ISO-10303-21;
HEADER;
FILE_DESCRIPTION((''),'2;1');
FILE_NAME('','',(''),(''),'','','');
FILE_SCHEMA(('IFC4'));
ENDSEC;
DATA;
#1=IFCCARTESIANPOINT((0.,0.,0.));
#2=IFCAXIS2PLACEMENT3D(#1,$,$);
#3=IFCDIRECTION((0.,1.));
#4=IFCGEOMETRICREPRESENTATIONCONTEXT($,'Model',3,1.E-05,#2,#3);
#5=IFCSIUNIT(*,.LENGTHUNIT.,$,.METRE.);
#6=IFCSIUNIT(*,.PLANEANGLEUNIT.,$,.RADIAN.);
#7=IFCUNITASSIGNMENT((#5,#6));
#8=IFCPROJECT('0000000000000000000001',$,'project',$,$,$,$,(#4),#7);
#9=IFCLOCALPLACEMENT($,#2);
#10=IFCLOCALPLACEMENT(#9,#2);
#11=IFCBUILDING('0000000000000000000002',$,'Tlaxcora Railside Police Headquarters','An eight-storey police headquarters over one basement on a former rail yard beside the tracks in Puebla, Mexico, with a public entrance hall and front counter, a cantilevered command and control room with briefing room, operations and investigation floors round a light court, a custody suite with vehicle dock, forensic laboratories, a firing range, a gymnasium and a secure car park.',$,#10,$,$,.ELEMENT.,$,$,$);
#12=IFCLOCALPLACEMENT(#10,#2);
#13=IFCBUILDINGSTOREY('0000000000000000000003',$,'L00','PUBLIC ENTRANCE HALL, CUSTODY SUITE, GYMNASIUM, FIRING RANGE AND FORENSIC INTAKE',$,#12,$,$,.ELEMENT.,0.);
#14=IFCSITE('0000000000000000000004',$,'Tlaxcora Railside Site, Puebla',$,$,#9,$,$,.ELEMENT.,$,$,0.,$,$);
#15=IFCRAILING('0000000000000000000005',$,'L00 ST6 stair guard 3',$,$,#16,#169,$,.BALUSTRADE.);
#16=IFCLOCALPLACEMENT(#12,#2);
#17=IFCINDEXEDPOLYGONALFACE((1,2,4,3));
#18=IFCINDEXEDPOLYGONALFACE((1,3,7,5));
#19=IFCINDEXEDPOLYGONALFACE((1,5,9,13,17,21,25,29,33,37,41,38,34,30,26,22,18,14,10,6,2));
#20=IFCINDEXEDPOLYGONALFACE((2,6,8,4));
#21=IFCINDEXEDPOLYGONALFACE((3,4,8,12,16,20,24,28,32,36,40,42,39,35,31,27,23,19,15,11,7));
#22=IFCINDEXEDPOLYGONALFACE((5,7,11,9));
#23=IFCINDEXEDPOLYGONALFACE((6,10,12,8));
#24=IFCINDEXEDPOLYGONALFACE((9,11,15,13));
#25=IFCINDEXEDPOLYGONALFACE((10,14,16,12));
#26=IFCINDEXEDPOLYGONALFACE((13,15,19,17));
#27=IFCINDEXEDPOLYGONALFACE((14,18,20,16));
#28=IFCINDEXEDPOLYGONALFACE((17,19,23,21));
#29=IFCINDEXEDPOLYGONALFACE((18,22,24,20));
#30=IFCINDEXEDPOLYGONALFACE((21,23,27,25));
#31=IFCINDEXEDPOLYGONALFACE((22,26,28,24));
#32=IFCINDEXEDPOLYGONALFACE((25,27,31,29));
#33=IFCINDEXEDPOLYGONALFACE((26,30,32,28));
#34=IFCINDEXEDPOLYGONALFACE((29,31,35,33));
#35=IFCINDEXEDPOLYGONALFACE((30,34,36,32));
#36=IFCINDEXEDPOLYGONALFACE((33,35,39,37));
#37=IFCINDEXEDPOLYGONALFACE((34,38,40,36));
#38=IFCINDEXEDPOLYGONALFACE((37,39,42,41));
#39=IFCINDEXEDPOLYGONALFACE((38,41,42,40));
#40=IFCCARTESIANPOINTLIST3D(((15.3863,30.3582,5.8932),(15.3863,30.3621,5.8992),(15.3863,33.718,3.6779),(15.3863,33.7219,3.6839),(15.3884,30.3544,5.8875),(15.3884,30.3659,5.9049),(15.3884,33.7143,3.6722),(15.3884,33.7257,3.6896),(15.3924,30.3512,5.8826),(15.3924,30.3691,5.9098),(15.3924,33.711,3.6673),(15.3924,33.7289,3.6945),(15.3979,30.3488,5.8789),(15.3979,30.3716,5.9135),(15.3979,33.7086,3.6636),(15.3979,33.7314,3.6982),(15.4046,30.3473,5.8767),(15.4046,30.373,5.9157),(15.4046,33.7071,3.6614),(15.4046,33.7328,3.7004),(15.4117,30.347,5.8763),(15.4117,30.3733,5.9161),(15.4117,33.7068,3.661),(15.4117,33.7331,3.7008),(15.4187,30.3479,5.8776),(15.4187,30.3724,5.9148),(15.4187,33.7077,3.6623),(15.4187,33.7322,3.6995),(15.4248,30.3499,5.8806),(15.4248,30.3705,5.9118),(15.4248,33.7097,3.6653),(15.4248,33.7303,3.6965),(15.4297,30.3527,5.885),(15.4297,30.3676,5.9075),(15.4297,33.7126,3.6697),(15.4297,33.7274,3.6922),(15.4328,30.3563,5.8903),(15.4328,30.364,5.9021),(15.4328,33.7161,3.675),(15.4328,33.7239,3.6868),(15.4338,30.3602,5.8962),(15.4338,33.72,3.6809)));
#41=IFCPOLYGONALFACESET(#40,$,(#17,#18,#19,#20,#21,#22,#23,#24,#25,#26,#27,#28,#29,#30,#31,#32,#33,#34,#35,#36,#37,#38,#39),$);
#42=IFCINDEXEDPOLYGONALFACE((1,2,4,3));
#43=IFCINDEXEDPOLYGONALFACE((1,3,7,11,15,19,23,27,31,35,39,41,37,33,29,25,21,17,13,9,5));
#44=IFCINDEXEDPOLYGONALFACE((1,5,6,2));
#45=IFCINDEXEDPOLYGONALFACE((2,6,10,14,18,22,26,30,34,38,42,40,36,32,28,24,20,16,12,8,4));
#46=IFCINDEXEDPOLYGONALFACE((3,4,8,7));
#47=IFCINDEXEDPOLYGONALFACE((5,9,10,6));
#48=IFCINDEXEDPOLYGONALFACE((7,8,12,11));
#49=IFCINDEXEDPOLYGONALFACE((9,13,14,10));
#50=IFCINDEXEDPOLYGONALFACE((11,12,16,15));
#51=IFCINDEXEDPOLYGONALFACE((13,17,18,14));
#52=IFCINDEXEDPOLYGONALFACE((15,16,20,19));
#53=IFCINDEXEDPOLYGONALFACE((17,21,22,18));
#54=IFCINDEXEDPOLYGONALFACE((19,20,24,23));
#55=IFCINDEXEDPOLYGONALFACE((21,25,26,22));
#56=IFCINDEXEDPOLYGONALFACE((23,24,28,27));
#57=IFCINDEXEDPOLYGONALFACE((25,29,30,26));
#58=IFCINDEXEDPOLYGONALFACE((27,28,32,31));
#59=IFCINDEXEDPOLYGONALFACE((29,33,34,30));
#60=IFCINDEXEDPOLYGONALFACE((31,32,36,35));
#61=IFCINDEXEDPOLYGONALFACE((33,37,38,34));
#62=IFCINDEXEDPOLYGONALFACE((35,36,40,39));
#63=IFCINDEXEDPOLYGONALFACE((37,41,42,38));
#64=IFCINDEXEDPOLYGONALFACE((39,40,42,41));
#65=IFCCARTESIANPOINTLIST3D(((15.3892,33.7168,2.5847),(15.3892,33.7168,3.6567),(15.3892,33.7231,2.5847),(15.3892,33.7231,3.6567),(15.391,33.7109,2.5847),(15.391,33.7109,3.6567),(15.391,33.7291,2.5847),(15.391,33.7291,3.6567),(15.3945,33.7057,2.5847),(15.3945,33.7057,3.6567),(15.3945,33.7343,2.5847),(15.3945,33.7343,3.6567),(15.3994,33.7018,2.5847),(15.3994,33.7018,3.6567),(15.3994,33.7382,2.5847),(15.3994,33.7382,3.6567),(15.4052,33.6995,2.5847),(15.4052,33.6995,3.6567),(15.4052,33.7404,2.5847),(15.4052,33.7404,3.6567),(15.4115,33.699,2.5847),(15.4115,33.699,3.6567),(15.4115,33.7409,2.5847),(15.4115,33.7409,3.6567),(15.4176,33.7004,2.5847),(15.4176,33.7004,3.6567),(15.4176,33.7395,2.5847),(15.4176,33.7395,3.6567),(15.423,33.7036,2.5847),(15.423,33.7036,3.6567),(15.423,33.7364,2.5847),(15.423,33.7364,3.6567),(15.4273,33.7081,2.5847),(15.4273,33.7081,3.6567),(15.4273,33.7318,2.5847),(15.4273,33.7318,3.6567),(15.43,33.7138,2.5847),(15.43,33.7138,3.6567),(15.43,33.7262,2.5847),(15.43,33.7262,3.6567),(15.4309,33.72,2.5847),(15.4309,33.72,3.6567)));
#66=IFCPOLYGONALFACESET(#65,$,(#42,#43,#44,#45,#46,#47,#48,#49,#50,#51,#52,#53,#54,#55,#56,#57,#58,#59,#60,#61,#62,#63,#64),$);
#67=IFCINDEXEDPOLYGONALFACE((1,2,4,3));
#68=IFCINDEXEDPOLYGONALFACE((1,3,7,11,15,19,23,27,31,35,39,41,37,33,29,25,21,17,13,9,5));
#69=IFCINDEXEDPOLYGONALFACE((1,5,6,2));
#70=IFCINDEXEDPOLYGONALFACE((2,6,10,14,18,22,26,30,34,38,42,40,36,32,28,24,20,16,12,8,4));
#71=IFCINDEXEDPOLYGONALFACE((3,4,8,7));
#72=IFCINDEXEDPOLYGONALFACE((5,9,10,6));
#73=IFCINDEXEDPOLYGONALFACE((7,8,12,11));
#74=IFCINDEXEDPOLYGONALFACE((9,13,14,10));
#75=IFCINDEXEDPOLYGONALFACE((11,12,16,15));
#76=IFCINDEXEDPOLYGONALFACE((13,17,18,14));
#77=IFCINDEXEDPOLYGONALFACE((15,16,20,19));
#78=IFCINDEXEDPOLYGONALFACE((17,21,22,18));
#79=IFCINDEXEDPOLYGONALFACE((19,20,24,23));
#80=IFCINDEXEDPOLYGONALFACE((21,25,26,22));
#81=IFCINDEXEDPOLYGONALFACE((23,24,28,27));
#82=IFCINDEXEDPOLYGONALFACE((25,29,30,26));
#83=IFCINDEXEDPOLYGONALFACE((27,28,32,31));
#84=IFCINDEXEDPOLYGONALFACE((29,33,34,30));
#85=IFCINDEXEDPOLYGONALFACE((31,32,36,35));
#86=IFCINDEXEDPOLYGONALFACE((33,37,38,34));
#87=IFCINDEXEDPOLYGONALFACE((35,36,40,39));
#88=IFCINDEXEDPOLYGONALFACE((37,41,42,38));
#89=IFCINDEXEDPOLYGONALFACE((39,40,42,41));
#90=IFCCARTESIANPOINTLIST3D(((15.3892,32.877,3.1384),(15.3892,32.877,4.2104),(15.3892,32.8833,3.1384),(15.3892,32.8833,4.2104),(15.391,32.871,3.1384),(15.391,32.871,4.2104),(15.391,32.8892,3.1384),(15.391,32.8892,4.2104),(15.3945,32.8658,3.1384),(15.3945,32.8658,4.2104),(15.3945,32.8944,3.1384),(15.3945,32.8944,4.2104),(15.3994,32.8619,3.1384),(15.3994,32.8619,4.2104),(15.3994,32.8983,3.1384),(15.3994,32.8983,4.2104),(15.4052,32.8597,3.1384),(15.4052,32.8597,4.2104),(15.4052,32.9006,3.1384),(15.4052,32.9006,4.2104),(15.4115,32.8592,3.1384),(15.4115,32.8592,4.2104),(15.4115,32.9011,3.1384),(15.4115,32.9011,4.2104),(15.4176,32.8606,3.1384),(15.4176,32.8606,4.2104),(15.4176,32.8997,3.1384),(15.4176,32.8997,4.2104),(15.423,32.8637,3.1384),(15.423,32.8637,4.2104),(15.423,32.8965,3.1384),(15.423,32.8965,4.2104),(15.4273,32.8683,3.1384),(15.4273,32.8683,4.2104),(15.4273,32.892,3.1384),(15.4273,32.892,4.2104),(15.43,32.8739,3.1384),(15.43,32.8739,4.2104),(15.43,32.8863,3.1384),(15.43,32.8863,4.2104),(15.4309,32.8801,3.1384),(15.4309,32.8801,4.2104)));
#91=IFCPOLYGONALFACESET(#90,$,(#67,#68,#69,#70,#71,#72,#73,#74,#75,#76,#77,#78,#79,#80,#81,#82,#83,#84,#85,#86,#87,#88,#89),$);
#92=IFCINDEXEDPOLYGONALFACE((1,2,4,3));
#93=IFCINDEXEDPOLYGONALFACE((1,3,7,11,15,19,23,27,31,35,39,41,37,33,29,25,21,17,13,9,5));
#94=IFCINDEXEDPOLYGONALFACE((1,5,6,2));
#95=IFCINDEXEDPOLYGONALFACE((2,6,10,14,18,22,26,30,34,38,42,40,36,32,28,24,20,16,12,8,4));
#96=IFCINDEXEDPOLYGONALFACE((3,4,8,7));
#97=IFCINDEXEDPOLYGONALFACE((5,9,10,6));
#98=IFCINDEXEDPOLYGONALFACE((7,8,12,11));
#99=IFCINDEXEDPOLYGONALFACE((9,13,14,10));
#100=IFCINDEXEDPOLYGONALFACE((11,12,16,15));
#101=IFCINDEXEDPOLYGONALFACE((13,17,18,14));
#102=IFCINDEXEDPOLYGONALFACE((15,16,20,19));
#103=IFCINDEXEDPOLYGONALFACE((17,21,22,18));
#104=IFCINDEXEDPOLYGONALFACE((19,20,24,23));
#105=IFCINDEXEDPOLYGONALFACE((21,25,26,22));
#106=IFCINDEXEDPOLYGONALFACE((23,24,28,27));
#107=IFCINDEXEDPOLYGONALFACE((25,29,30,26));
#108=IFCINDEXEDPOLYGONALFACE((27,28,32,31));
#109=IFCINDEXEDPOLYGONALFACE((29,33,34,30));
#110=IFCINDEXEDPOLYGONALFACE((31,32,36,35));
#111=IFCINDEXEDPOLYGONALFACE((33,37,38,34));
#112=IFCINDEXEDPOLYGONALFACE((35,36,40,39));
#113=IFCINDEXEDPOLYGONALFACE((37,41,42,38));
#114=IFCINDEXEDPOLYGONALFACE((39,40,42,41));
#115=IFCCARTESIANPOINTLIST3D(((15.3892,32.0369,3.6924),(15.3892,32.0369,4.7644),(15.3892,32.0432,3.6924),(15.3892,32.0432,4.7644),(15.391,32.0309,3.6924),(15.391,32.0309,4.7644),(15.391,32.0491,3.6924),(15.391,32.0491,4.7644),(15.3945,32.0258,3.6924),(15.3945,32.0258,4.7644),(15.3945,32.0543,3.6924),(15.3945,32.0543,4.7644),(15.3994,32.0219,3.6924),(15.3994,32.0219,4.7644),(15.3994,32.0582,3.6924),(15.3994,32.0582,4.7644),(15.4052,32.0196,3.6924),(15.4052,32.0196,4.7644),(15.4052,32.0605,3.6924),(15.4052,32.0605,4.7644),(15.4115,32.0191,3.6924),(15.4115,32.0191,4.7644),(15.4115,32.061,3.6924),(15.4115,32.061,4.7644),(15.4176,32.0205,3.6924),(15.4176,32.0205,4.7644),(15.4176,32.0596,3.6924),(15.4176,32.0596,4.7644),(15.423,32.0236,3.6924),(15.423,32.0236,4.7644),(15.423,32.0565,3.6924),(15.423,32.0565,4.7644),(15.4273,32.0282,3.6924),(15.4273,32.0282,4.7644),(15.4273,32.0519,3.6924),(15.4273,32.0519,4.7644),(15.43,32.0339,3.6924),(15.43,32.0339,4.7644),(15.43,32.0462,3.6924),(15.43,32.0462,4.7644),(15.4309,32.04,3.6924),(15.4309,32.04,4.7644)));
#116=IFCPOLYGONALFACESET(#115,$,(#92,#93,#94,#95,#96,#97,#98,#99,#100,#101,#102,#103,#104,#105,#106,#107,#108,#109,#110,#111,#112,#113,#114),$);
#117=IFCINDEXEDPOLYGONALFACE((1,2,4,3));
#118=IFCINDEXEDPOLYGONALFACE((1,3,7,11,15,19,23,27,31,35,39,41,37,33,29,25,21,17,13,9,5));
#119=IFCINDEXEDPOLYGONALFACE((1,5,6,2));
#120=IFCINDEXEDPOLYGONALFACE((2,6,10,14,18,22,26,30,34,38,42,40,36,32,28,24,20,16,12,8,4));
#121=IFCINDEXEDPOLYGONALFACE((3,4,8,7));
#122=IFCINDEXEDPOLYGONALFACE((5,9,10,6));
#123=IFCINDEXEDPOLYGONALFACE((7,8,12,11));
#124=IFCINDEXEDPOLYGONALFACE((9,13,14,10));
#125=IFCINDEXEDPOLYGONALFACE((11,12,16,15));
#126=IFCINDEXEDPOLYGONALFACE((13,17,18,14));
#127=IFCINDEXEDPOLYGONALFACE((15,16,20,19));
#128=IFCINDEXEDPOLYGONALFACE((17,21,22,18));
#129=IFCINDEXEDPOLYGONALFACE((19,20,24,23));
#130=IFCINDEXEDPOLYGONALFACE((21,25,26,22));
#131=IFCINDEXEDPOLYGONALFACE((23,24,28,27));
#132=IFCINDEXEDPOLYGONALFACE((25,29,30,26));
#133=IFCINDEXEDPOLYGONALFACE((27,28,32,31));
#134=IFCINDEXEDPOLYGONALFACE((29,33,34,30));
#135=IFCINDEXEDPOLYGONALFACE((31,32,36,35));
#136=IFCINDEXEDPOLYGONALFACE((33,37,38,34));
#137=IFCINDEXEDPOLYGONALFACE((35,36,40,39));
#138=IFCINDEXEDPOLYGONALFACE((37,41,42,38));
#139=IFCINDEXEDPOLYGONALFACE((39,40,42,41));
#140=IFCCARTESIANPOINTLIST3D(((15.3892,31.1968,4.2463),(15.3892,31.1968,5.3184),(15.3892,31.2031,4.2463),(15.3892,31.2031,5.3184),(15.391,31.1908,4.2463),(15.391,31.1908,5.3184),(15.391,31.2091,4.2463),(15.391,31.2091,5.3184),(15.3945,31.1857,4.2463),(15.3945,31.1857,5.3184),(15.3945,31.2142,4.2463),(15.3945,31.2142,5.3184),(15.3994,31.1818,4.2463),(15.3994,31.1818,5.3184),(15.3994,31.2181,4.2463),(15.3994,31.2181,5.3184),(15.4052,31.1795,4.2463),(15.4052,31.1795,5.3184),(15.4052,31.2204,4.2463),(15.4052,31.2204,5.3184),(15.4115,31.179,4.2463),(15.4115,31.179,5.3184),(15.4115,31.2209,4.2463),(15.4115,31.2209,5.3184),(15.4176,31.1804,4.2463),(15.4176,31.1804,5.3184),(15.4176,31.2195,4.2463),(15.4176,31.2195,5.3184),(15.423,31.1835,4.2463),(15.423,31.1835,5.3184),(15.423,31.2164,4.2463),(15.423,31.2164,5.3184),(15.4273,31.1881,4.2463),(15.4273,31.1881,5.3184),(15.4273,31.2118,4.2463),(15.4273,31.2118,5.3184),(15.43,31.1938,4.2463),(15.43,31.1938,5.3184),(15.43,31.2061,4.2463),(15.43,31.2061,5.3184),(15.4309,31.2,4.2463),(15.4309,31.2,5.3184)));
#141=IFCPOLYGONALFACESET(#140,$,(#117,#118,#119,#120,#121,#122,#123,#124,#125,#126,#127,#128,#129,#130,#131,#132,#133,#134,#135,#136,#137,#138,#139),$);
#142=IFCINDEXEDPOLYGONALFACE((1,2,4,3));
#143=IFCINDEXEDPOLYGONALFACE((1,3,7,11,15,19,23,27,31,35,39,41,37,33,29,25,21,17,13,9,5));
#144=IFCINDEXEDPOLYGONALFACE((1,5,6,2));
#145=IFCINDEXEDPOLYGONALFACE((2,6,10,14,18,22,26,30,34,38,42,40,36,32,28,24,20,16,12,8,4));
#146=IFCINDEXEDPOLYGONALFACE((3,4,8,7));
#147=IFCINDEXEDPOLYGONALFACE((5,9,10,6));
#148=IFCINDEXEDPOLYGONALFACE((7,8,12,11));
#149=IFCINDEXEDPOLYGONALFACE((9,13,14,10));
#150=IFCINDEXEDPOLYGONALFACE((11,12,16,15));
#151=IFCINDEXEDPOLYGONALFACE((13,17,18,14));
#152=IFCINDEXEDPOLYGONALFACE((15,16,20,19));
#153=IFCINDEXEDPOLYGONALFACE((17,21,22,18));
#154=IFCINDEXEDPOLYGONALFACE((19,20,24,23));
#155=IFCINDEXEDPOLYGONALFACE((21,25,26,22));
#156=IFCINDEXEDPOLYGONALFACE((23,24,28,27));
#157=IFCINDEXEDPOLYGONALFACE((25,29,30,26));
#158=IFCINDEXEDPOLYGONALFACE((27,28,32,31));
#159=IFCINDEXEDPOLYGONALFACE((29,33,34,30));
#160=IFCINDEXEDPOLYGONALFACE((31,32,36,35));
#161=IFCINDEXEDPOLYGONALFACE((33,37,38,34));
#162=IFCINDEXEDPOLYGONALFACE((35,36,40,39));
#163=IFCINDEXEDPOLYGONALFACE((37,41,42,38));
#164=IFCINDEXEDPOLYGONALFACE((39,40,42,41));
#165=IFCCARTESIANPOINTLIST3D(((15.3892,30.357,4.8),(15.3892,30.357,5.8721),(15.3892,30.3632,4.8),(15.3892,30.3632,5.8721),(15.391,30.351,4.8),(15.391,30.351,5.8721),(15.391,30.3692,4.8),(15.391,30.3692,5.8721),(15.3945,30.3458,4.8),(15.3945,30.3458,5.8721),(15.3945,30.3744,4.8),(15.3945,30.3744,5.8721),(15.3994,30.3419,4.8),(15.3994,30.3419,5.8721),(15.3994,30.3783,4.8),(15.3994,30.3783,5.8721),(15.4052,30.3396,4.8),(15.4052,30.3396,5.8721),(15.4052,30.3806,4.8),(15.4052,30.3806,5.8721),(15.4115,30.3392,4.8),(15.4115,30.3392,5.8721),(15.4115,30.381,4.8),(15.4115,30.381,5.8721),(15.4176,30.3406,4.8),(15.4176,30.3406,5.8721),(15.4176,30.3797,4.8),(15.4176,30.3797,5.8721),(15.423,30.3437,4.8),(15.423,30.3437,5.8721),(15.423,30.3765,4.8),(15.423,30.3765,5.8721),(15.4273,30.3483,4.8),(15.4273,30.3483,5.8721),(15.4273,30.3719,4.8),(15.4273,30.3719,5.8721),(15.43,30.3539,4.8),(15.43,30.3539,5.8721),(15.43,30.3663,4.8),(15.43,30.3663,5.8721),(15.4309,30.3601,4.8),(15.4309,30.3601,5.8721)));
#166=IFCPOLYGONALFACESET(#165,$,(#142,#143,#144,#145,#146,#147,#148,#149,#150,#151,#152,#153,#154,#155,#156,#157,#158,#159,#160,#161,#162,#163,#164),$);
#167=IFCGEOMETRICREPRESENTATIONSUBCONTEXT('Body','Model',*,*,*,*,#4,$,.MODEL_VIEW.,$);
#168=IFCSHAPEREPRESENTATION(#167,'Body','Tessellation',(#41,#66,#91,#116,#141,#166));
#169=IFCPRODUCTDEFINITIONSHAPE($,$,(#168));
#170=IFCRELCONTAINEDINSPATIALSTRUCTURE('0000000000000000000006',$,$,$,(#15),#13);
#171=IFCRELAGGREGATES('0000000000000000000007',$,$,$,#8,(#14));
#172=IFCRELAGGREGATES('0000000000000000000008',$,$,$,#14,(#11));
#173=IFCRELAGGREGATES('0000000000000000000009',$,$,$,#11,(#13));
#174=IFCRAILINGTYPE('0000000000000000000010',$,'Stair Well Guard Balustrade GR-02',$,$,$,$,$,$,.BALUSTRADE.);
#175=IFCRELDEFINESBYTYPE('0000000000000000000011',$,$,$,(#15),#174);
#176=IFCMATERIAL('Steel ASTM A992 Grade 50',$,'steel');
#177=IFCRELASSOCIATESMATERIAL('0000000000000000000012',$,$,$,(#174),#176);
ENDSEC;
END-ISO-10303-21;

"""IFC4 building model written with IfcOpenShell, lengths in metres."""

from ifc_helpers import new_model, si_unit, direction, frame, origin, origin_2d, place, context, subcontext, project, spatial, circle, extrude, material, type_object, element, save


model = new_model("IFC4")

# Units and contexts
model_context = context("Model", 3, precision=1e-05, world=origin(), true_north=direction((0.0, 1.0)))
body_context = subcontext(model_context, "Body", "Model", "MODEL_VIEW")
ifc_project = project(units=[si_unit("LENGTHUNIT", "METRE"), si_unit("PLANEANGLEUNIT", "RADIAN")], contexts=[model_context])

# Site, building, storey
site_placement = place(None, origin())
site = spatial("IfcSite", under=ifc_project, at=site_placement, Name="Tlaxcora Railside Site, Puebla", CompositionType="ELEMENT", RefElevation=0.0)
building_placement = place(site_placement, origin())
building = spatial("IfcBuilding", under=site, at=building_placement, Name="Tlaxcora Railside Police Headquarters", Description="An eight-storey police headquarters over one basement on a former rail yard beside the tracks in Puebla, Mexico, with a public entrance hall and front counter, a cantilevered command and control room with briefing room, operations and investigation floors round a light court, a custody suite with vehicle dock, forensic laboratories, a firing range, a gymnasium and a secure car park.", CompositionType="ELEMENT")
storey_placement = place(building_placement, origin())
storey = spatial("IfcBuildingStorey", under=building, at=storey_placement, Name="L00", Description="PUBLIC ENTRANCE HALL, CUSTODY SUITE, GYMNASIUM, FIRING RANGE AND FORENSIC INTAKE", CompositionType="ELEMENT", Elevation=0.0)

# Shared definitions
ifc_material_1 = material(Name="Steel ASTM A992 Grade 50", Category="steel")

# Railing
railing_type_1 = type_object("IfcRailingType", Name="Stair Well Guard Balustrade GR-02", PredefinedType="BALUSTRADE", material=ifc_material_1)
railing_1_placement = place(storey_placement, frame((15.4099, 33.72, 2.5847)))
element("IfcRailing", 1, at=railing_1_placement, inside=storey, type_object=railing_type_1, Name="L00 ST6 stair guard 3", PredefinedType="BALUSTRADE", context=body_context, shape_type="SweptSolid", body=[
    extrude(circle(Radius=0.0239, at=origin_2d()), frame((0.0, 0.0, 1.0962), z_axis=(0.0, -0.834858, 0.550465), x_axis=(1.0, 0.0, 0.0)), (0.0, 0.0, 1.0), 4.0244),
    extrude(circle(Radius=0.021, at=origin_2d()), origin(), (0.0, 0.0, 1.0), 1.072),
    extrude(circle(Radius=0.021, at=origin_2d()), frame((0.0, -0.8398, 0.5537)), (0.0, 0.0, 1.0), 1.072),
    extrude(circle(Radius=0.021, at=origin_2d()), frame((0.0, -1.6799, 1.1077)), (0.0, 0.0, 1.0), 1.072),
    extrude(circle(Radius=0.021, at=origin_2d()), frame((0.0, -2.52, 1.6616)), (0.0, 0.0, 1.0), 1.072),
    extrude(circle(Radius=0.021, at=origin_2d()), frame((0.0, -3.3599, 2.2153)), (0.0, 0.0, 1.0), 1.072),
])

save(model, "model.ifc")
